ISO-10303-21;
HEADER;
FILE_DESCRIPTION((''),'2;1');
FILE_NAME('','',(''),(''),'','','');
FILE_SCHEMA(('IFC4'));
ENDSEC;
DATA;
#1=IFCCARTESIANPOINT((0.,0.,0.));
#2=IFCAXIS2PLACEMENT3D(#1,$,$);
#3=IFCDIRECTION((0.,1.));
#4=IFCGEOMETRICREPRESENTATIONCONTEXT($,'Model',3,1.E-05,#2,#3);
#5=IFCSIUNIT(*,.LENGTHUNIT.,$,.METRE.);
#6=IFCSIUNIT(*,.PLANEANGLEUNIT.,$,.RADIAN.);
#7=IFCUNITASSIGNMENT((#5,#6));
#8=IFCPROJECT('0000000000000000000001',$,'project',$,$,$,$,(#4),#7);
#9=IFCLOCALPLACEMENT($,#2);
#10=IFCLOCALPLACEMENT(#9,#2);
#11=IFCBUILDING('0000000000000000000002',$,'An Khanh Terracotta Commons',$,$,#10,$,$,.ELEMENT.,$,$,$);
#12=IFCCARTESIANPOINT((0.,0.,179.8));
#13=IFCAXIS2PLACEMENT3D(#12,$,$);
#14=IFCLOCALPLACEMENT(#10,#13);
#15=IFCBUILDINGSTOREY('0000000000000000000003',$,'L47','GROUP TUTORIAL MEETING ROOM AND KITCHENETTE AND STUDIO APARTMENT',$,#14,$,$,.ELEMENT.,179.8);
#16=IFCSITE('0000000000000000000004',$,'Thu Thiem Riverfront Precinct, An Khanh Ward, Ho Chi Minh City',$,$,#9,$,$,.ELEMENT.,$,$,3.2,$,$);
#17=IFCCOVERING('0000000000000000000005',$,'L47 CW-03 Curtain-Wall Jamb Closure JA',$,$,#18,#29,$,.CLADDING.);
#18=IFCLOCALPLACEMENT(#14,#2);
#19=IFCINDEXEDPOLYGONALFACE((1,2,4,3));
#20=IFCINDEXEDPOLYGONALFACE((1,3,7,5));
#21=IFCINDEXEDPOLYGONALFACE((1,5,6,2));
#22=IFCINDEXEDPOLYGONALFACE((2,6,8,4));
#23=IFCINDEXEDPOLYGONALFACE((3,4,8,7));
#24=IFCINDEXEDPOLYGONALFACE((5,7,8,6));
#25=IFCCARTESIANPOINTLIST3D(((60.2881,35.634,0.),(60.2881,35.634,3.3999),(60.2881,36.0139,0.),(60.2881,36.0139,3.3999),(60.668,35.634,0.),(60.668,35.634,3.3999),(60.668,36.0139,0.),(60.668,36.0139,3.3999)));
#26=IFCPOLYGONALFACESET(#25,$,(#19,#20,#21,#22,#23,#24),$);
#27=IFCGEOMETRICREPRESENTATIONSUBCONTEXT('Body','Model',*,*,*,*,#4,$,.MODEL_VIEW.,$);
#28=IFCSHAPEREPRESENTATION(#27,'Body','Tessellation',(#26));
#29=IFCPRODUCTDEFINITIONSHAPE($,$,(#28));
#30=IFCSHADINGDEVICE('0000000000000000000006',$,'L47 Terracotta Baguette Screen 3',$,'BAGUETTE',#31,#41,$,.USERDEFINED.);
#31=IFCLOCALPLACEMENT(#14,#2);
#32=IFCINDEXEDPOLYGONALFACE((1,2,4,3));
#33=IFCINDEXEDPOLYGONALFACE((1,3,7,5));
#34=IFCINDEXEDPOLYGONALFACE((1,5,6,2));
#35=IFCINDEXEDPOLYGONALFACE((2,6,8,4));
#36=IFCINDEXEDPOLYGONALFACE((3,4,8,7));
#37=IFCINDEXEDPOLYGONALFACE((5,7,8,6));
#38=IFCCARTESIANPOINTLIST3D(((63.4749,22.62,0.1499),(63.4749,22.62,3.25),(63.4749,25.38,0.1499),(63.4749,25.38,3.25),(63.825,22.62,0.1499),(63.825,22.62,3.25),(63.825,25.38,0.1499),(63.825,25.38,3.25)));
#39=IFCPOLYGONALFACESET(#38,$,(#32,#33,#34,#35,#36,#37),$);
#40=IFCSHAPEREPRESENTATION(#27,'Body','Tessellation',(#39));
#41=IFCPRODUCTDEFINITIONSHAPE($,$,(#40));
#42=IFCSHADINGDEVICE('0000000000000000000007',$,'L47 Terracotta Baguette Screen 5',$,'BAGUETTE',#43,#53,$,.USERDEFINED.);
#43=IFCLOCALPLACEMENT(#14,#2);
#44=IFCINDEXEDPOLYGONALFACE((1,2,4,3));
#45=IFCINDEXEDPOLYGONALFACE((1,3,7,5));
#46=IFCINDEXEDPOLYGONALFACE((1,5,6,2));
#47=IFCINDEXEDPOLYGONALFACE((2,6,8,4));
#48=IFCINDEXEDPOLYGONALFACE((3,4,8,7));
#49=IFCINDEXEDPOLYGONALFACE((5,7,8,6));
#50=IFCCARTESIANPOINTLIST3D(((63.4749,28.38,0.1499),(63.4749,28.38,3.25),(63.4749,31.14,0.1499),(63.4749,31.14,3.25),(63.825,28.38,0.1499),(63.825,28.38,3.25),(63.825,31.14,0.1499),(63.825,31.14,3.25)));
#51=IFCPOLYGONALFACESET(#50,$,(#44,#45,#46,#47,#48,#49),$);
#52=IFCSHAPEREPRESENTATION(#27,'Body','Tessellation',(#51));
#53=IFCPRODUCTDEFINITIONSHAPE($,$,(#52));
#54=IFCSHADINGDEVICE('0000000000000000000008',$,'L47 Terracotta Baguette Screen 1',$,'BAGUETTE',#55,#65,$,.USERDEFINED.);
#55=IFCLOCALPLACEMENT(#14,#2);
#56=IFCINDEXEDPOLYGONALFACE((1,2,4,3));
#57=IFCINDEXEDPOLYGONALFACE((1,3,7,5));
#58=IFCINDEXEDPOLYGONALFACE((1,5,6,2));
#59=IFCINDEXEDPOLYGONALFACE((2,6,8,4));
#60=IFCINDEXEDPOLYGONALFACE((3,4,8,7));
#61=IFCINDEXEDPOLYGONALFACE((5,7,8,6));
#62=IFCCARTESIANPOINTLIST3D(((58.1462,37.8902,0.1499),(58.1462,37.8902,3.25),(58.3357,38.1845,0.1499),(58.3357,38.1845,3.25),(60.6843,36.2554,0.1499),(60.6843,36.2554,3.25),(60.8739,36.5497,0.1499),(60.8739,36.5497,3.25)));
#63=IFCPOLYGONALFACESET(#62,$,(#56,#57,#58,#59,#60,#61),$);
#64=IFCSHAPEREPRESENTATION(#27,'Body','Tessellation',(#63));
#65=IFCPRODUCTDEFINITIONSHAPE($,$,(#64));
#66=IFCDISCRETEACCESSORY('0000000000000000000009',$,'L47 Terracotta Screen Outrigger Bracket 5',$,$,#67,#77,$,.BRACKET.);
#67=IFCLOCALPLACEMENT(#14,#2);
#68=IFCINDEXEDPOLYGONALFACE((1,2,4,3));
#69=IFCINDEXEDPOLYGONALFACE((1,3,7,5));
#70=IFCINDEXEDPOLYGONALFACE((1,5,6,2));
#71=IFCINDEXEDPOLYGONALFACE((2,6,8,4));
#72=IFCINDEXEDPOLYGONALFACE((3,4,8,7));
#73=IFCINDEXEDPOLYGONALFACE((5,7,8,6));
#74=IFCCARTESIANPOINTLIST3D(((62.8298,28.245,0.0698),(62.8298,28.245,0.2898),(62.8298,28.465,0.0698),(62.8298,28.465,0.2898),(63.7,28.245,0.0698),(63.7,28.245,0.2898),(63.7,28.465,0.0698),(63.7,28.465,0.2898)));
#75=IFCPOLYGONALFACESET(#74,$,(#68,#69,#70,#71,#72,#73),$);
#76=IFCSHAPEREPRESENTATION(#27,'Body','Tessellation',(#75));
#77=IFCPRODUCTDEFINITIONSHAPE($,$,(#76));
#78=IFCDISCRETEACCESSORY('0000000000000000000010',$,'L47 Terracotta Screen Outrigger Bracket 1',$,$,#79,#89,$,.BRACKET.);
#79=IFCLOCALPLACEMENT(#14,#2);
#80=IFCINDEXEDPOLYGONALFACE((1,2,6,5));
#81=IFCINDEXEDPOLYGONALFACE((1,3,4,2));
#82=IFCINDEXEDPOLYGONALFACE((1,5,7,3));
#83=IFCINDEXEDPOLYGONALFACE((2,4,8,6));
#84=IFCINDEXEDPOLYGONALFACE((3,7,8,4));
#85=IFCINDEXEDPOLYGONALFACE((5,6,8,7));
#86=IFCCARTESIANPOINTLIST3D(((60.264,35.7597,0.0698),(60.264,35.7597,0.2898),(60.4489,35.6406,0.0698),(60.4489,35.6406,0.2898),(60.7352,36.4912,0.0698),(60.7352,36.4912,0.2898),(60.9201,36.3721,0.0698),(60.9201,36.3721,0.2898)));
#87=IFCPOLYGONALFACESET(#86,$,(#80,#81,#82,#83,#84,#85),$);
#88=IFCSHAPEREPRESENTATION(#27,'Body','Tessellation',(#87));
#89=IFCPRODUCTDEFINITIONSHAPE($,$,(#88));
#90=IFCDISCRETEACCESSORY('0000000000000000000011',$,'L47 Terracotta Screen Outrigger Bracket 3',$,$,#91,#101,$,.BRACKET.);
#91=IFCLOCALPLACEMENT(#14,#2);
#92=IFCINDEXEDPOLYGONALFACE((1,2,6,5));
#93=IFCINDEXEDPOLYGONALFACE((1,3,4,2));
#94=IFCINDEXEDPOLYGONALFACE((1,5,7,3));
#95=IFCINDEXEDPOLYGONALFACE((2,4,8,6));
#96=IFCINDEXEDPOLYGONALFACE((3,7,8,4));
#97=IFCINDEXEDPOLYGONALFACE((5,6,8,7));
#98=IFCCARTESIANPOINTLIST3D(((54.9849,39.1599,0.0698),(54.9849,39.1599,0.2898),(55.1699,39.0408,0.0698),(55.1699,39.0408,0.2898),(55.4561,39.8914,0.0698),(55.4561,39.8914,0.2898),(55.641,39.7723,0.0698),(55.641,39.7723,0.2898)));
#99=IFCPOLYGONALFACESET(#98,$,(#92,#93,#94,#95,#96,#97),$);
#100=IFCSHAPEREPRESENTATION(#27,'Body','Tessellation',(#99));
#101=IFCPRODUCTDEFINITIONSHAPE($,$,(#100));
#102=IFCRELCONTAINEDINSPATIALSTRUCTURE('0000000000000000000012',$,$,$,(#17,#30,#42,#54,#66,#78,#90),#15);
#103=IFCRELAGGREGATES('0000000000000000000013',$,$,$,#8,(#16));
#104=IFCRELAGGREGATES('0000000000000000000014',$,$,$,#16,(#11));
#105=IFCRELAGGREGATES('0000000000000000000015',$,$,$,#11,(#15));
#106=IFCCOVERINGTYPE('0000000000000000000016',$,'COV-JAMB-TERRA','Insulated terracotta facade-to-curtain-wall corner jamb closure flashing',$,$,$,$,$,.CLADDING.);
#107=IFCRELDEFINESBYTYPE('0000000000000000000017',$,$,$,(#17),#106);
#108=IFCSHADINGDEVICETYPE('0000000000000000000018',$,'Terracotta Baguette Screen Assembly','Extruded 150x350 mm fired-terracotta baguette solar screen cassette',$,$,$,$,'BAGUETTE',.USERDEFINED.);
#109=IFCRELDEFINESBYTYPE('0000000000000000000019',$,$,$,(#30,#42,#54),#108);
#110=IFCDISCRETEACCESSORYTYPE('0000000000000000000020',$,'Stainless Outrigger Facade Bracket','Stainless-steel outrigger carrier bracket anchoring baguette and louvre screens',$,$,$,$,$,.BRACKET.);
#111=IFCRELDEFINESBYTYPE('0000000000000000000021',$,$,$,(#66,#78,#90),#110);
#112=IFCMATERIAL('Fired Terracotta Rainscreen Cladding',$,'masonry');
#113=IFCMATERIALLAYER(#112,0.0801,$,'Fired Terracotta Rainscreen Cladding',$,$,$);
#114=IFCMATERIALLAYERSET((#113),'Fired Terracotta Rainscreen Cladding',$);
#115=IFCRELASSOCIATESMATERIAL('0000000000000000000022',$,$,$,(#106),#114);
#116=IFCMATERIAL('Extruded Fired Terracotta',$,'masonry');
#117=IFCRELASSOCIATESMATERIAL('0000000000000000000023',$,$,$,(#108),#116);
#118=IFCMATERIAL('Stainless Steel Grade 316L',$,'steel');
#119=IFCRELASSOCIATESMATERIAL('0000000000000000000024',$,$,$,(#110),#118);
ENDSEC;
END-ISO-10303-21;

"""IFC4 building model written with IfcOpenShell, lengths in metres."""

from ifc_helpers import new_model, si_unit, direction, frame, origin, origin_2d, place, context, subcontext, project, spatial, rectangle, extrude, material, layer, layer_set, type_object, element, save


model = new_model("IFC4")

# Units and contexts
model_context = context("Model", 3, precision=1e-05, world=origin(), true_north=direction((0.0, 1.0)))
body_context = subcontext(model_context, "Body", "Model", "MODEL_VIEW")
ifc_project = project(units=[si_unit("LENGTHUNIT", "METRE"), si_unit("PLANEANGLEUNIT", "RADIAN")], contexts=[model_context])

# Site, building, storey
site_placement = place(None, origin())
site = spatial("IfcSite", under=ifc_project, at=site_placement, Name="Thu Thiem Riverfront Precinct, An Khanh Ward, Ho Chi Minh City", CompositionType="ELEMENT", RefElevation=3.2)
building_placement = place(site_placement, origin())
building = spatial("IfcBuilding", under=site, at=building_placement, Name="An Khanh Terracotta Commons", CompositionType="ELEMENT")
storey_placement = place(building_placement, frame((0.0, 0.0, 179.8)))
storey = spatial("IfcBuildingStorey", under=building, at=storey_placement, Name="L47", Description="GROUP TUTORIAL MEETING ROOM AND KITCHENETTE AND STUDIO APARTMENT", CompositionType="ELEMENT", Elevation=179.8)

# Covering
ifc_material_1 = material(Name="Fired Terracotta Rainscreen Cladding", Category="masonry")
ifc_layer_1 = layer(ifc_material_1, 0.0801, Name="Fired Terracotta Rainscreen Cladding")
ifc_layer_set_1 = layer_set([ifc_layer_1], Name="Fired Terracotta Rainscreen Cladding")
covering_type = type_object("IfcCoveringType", Name="COV-JAMB-TERRA", Description="Insulated terracotta facade-to-curtain-wall corner jamb closure flashing", PredefinedType="CLADDING", material=ifc_layer_set_1)
for number, where, z_axis, x_axis, name in (
    (1, (60.478, 35.824, 0.0), (0.0, 0.0, 1.0), (1.0, 0.0, 0.0), "L47 CW-03 Curtain-Wall Jamb Closure JA"),
):
    element("IfcCovering", number, at=place(storey_placement, frame(where, z_axis=z_axis, x_axis=x_axis)), inside=storey, type_object=covering_type, Name=name, PredefinedType="CLADDING", context=body_context, shape_type="SweptSolid", body=[
        extrude(rectangle(XDim=0.3799, YDim=0.3799, at=origin_2d()), origin(), (0.0, 0.0, 1.0), 3.3999),
    ])

# Shading devices
ifc_material_2 = material(Name="Extruded Fired Terracotta", Category="masonry")
shading_device_type = type_object("IfcShadingDeviceType", Name="Terracotta Baguette Screen Assembly", Description="Extruded 150x350 mm fired-terracotta baguette solar screen cassette", ElementType="BAGUETTE", PredefinedType="USERDEFINED", material=ifc_material_2)
for number, where, z_axis, x_axis, name in (
    (2, (63.6499, 24.0, 0.1499), (0.0, 0.0, 1.0), (0.0, 1.0, 0.0), "L47 Terracotta Baguette Screen 3"),
    (3, (63.6499, 29.76, 0.1499), (0.0, 0.0, 1.0), (0.0, 1.0, 0.0), "L47 Terracotta Baguette Screen 5"),
):
    element("IfcShadingDevice", number, at=place(storey_placement, frame(where, z_axis=z_axis, x_axis=x_axis)), inside=storey, type_object=shading_device_type, Name=name, ObjectType="BAGUETTE", PredefinedType="USERDEFINED", context=body_context, shape_type="SweptSolid", body=[
        extrude(rectangle(XDim=2.76, YDim=0.3501, at=origin_2d()), origin(), (0.0, 0.0, 1.0), 3.1001),
    ])
shading_device_placement = place(storey_placement, frame((59.51, 37.22, 0.1499), z_axis=(0.0, 0.0, 1.0), x_axis=(-0.840702, 0.541498, 0.0)))
element("IfcShadingDevice", 4, at=shading_device_placement, inside=storey, type_object=shading_device_type, Name="L47 Terracotta Baguette Screen 1", ObjectType="BAGUETTE", PredefinedType="USERDEFINED", context=body_context, shape_type="SweptSolid", body=[
    extrude(rectangle(XDim=3.019, YDim=0.3501, at=origin_2d()), origin(), (0.0, 0.0, 1.0), 3.1001),
])

# Discrete accessories
ifc_material_3 = material(Name="Stainless Steel Grade 316L", Category="steel")
discrete_accessory_type = type_object("IfcDiscreteAccessoryType", Name="Stainless Outrigger Facade Bracket", Description="Stainless-steel outrigger carrier bracket anchoring baguette and louvre screens", PredefinedType="BRACKET", material=ifc_material_3)
for number, where, z_axis, x_axis, name in (
    (5, (63.2649, 28.355, 0.0698), (0.0, 0.0, 1.0), (0.0, 1.0, 0.0), "L47 Terracotta Screen Outrigger Bracket 5"),
    (6, (60.592, 36.0659, 0.0698), (0.0, 0.0, 1.0), (-0.840702, 0.541498, 0.0), "L47 Terracotta Screen Outrigger Bracket 1"),
    (7, (55.313, 39.4661, 0.0698), (0.0, 0.0, 1.0), (-0.840702, 0.541498, 0.0), "L47 Terracotta Screen Outrigger Bracket 3"),
):
    element("IfcDiscreteAccessory", number, at=place(storey_placement, frame(where, z_axis=z_axis, x_axis=x_axis)), inside=storey, type_object=discrete_accessory_type, Name=name, PredefinedType="BRACKET", context=body_context, shape_type="SweptSolid", body=[
        extrude(rectangle(XDim=0.22, YDim=0.8701, at=origin_2d()), origin(), (0.0, 0.0, 1.0), 0.22),
    ])

save(model, "model.ifc")
